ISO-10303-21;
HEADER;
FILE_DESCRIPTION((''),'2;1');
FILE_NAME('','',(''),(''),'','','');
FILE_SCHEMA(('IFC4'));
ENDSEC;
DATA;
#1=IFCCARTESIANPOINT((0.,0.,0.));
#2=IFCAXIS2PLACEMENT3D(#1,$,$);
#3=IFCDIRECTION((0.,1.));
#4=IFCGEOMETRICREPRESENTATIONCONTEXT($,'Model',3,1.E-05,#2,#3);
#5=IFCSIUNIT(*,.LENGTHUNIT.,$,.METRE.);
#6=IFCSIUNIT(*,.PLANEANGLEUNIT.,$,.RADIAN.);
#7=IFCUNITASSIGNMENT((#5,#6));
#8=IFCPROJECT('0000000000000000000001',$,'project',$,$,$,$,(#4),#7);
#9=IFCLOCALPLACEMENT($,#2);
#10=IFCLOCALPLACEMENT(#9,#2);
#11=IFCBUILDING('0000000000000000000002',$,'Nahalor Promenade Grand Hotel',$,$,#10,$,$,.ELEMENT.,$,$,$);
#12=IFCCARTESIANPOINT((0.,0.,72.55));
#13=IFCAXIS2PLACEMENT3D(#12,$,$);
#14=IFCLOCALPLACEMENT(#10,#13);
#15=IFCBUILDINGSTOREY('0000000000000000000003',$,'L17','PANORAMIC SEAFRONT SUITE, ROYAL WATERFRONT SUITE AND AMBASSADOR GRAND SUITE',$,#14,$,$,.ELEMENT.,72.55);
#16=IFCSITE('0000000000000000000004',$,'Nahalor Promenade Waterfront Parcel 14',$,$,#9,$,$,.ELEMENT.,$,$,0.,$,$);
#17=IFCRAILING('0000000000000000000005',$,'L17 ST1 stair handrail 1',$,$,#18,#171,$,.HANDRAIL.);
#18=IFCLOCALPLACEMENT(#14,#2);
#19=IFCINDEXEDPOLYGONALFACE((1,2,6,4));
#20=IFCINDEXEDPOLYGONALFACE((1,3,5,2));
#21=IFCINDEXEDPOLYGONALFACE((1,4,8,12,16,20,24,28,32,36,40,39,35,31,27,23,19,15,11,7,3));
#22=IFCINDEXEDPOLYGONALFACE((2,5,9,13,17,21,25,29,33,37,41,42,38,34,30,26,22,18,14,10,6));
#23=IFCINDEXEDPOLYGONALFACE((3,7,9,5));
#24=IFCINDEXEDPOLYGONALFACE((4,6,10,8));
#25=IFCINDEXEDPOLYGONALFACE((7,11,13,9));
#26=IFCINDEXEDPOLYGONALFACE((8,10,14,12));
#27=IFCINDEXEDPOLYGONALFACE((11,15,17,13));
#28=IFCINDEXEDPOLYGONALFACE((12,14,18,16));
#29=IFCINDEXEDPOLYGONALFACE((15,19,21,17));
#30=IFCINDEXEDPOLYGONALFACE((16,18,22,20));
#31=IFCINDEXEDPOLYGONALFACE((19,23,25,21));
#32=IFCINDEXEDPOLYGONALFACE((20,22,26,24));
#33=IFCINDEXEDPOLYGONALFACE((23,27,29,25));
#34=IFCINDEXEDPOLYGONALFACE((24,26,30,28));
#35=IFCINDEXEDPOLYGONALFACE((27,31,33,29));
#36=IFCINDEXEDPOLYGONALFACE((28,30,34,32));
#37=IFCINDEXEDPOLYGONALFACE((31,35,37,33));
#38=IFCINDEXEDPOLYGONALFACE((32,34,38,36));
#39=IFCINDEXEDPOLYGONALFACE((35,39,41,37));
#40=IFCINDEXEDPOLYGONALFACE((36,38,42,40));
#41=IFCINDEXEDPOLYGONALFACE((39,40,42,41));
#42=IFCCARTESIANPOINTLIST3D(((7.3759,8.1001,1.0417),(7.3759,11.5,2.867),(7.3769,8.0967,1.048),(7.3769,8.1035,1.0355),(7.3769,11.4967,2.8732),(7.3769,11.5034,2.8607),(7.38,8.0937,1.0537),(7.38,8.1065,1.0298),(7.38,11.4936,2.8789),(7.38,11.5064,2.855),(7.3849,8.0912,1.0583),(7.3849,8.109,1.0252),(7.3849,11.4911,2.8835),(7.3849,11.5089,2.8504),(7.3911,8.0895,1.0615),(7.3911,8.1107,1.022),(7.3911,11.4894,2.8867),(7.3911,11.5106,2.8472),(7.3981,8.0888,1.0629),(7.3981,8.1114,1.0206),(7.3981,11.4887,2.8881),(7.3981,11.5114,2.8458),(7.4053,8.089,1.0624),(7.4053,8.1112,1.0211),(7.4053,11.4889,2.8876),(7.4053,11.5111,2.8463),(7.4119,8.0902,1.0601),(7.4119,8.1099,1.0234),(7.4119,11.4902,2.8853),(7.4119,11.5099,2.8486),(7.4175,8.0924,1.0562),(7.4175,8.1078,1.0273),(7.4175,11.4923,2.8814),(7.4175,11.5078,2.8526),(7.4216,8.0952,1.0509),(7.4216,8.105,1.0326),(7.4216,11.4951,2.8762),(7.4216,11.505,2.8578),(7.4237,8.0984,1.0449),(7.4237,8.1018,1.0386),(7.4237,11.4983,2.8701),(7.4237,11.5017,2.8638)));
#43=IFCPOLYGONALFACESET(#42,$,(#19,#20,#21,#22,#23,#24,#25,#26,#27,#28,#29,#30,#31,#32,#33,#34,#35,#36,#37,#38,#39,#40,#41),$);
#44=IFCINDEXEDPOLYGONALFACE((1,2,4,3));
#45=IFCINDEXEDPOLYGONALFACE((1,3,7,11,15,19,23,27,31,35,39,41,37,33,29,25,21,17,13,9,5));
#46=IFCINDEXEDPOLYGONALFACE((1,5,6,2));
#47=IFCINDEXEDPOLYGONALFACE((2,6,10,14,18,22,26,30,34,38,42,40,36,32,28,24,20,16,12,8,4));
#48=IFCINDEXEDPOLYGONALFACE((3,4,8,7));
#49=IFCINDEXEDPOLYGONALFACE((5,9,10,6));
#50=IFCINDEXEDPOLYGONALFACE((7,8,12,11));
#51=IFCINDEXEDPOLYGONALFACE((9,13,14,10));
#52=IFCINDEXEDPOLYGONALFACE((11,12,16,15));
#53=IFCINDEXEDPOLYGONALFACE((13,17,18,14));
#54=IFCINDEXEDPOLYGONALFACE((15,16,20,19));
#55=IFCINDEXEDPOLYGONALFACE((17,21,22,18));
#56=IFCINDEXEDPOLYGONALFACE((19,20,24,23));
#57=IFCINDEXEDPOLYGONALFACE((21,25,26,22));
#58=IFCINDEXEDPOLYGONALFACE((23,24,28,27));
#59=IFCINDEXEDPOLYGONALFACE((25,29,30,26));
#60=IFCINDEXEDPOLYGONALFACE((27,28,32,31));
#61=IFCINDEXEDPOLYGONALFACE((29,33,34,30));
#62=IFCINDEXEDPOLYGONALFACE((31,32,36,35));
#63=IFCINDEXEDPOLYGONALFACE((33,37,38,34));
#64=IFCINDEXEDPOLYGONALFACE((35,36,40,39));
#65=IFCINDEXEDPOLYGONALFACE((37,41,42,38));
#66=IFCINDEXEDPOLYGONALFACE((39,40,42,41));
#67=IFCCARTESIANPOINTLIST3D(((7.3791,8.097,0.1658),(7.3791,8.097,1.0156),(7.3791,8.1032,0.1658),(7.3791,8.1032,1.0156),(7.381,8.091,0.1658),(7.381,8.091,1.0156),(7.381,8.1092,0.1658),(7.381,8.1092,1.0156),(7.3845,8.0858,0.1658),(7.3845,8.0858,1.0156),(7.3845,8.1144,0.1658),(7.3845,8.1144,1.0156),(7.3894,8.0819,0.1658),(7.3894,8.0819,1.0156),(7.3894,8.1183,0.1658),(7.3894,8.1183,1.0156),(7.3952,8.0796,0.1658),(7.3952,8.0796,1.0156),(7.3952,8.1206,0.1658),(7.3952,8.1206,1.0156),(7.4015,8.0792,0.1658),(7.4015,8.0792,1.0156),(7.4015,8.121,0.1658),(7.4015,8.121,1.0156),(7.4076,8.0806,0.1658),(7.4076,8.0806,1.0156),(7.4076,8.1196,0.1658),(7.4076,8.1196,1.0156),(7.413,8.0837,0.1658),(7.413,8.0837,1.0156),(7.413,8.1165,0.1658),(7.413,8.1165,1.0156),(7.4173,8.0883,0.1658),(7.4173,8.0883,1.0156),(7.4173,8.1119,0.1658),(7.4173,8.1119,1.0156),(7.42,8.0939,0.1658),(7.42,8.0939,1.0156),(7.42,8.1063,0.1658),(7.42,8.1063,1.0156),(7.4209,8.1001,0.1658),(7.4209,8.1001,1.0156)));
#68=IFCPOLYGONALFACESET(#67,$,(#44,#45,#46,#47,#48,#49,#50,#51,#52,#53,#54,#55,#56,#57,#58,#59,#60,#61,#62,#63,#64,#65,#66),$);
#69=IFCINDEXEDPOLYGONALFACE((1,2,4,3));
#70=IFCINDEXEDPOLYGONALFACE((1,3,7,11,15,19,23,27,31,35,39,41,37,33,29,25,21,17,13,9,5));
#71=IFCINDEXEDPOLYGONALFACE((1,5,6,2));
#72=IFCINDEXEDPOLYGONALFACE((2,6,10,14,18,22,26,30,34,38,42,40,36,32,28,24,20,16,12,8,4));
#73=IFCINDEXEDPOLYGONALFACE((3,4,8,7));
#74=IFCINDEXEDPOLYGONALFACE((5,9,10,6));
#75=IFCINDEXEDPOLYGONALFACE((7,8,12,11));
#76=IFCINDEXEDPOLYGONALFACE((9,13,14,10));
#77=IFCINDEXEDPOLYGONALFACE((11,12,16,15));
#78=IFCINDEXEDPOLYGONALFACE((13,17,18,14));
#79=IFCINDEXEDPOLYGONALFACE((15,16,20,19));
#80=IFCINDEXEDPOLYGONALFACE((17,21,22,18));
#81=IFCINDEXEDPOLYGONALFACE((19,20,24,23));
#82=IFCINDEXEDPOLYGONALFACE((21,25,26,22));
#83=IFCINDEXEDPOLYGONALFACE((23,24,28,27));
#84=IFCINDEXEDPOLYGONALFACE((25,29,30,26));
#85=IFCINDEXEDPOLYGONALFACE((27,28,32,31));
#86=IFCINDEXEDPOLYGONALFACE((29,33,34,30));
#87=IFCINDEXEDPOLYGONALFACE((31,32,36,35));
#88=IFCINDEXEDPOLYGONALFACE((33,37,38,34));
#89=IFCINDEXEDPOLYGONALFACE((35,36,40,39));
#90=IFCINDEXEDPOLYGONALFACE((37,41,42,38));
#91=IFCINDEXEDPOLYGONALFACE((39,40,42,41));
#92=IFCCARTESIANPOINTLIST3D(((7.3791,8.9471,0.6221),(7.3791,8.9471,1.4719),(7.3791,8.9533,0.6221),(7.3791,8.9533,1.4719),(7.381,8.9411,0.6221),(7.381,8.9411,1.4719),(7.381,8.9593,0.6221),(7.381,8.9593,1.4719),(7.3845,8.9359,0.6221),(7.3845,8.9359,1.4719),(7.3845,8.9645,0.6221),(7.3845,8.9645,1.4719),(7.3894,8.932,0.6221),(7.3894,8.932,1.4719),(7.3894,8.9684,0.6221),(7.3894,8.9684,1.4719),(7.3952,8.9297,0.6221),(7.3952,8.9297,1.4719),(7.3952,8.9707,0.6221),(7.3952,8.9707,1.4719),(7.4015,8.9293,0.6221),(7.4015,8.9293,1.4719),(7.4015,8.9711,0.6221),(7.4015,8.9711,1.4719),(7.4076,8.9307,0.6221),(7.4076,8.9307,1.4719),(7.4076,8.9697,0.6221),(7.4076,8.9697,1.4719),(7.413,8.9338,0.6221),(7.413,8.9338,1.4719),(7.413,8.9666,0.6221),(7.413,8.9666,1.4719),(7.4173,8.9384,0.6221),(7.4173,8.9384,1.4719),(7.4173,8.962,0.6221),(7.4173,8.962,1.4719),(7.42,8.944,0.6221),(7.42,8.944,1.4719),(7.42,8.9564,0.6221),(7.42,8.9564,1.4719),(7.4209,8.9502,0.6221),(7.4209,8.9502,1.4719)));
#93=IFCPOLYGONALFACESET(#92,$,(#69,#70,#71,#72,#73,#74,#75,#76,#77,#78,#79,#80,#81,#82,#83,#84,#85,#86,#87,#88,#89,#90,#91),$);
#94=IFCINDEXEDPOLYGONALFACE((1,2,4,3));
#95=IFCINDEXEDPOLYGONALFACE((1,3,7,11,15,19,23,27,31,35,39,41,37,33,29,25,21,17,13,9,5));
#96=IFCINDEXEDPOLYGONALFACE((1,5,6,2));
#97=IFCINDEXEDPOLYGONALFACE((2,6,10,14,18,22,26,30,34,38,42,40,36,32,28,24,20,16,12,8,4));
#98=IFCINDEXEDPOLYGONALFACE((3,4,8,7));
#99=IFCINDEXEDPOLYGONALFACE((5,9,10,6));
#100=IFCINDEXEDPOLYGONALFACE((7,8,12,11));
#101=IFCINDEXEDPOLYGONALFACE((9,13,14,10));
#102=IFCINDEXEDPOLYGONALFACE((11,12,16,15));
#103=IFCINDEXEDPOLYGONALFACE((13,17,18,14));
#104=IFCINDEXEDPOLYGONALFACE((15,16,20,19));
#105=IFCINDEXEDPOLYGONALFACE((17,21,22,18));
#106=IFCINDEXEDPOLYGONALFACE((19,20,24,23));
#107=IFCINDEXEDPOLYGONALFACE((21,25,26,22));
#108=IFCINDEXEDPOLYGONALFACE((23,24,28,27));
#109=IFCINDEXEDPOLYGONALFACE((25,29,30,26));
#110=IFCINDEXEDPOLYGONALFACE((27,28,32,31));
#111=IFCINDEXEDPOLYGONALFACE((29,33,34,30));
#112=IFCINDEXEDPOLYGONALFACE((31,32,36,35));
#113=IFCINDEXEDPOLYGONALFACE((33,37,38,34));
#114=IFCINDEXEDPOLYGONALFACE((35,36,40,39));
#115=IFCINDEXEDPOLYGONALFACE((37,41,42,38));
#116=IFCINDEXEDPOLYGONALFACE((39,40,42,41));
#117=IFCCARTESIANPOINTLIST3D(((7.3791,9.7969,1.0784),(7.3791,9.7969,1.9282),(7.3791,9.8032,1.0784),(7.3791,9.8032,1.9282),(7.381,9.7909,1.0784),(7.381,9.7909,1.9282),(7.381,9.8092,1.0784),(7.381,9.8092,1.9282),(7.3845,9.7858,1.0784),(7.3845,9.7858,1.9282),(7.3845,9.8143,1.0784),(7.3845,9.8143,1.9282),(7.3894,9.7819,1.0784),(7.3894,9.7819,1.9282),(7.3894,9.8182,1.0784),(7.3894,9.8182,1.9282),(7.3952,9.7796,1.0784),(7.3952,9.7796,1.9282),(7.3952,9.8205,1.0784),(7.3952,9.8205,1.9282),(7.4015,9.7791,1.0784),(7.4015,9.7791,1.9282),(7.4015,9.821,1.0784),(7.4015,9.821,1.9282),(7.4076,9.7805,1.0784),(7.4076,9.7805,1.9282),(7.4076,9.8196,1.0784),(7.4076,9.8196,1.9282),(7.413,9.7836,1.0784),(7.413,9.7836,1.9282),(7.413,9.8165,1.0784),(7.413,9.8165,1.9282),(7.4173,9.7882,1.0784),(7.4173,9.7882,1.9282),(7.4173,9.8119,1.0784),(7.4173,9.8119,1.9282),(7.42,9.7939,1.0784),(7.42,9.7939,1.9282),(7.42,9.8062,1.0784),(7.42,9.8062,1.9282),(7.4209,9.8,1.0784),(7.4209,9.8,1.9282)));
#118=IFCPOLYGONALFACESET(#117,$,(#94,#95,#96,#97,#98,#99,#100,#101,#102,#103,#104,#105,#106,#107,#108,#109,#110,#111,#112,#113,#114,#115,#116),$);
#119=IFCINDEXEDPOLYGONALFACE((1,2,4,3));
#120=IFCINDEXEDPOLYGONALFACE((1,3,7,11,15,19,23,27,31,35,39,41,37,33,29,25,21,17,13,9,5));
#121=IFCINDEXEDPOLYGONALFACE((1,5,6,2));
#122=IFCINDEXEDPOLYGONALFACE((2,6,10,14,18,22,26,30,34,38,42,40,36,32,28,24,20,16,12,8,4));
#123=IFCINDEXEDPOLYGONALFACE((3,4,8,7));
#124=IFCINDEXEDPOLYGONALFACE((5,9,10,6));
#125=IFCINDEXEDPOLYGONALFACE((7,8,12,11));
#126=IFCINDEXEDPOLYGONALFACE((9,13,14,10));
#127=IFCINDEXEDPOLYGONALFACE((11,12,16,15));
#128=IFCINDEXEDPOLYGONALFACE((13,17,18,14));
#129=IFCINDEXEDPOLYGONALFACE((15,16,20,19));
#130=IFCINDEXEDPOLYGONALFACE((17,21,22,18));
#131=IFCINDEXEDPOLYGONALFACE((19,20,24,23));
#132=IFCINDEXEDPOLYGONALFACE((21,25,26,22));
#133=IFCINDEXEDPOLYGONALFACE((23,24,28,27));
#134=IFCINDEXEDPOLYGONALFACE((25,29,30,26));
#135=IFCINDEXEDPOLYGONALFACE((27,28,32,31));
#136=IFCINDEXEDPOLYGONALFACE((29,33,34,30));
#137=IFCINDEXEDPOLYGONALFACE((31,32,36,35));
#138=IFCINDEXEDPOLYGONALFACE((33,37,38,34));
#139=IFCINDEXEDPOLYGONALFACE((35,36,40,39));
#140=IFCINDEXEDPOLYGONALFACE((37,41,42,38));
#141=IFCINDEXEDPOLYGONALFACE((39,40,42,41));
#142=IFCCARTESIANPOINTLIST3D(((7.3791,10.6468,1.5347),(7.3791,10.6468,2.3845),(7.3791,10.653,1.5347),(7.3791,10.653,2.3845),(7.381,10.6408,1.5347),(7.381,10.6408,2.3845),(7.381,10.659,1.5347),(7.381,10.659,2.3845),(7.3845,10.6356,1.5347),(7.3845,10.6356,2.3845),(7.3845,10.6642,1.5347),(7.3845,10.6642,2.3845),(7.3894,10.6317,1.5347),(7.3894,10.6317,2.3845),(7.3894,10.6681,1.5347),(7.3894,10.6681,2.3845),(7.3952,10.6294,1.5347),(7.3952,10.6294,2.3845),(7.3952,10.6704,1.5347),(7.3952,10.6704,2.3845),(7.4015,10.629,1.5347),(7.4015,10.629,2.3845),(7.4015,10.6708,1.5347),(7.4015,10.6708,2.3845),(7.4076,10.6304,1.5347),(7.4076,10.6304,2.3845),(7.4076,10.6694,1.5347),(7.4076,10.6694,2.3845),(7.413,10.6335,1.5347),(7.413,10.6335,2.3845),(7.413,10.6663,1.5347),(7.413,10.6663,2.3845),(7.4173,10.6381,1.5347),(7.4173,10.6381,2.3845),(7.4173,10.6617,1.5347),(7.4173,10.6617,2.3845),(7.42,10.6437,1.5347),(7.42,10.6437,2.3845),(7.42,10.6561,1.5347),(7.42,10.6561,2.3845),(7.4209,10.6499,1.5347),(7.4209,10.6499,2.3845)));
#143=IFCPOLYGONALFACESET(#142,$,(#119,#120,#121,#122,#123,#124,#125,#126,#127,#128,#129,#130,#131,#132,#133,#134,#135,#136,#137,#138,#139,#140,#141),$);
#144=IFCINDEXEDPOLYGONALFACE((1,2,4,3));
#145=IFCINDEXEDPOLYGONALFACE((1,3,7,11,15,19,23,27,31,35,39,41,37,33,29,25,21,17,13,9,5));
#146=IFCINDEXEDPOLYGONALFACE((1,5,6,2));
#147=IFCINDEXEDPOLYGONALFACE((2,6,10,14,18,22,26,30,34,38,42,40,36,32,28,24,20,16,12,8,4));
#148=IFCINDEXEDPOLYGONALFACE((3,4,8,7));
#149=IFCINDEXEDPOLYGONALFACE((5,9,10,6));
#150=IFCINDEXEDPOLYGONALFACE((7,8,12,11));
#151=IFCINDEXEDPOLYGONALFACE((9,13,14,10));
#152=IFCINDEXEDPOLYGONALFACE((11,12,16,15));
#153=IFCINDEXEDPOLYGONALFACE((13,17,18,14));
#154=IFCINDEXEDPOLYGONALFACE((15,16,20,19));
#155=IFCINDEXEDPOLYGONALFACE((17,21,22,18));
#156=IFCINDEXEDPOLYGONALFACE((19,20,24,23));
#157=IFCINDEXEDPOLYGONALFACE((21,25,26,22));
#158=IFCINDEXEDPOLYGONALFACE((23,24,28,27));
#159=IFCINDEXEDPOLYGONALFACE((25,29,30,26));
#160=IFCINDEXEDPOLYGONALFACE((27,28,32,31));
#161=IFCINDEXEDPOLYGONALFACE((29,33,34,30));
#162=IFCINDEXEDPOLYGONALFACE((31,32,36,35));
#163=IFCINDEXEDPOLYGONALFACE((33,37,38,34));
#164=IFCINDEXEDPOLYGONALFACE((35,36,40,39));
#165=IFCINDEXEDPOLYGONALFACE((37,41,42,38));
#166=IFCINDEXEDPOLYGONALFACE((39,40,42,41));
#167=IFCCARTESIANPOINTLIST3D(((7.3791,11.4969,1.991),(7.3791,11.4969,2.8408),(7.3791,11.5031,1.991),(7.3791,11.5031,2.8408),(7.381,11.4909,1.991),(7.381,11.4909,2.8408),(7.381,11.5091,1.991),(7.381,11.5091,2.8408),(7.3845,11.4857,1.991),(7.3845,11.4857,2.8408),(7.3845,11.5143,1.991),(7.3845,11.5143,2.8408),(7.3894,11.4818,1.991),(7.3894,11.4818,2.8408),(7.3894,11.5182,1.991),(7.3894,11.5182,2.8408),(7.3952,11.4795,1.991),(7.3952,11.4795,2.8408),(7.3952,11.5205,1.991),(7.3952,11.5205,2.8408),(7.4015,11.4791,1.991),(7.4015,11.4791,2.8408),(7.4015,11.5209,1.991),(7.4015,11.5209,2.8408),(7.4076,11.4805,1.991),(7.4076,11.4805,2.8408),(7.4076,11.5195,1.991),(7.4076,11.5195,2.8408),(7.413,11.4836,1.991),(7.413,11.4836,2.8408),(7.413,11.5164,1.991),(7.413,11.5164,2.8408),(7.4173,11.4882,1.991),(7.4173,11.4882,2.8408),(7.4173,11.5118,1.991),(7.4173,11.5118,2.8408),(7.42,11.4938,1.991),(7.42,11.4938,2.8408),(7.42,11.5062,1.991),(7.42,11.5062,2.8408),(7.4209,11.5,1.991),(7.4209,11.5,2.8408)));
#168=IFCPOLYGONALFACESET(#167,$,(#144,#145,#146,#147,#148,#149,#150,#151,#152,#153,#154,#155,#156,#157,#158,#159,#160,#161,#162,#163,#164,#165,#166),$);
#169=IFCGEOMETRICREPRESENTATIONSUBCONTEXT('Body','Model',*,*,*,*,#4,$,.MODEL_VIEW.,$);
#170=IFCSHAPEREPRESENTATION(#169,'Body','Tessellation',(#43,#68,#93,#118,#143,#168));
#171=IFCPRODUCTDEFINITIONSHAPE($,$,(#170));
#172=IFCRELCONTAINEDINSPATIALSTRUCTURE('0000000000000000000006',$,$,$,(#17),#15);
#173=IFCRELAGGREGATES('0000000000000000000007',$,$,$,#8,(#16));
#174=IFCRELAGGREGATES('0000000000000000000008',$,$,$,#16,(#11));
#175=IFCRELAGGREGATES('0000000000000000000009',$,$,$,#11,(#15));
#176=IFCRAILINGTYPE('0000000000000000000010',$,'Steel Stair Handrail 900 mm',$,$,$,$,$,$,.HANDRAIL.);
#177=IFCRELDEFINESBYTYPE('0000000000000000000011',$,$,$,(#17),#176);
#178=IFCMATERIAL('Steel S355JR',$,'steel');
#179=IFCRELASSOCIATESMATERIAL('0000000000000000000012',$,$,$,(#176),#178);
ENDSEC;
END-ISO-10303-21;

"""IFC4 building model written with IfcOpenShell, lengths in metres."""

from ifc_helpers import new_model, si_unit, direction, frame, origin, origin_2d, place, context, subcontext, project, spatial, circle, extrude, material, type_object, element, save


model = new_model("IFC4")

# Units and contexts
model_context = context("Model", 3, precision=1e-05, world=origin(), true_north=direction((0.0, 1.0)))
body_context = subcontext(model_context, "Body", "Model", "MODEL_VIEW")
ifc_project = project(units=[si_unit("LENGTHUNIT", "METRE"), si_unit("PLANEANGLEUNIT", "RADIAN")], contexts=[model_context])

# Site, building, storey
site_placement = place(None, origin())
site = spatial("IfcSite", under=ifc_project, at=site_placement, Name="Nahalor Promenade Waterfront Parcel 14", CompositionType="ELEMENT", RefElevation=0.0)
building_placement = place(site_placement, origin())
building = spatial("IfcBuilding", under=site, at=building_placement, Name="Nahalor Promenade Grand Hotel", CompositionType="ELEMENT")
storey_placement = place(building_placement, frame((0.0, 0.0, 72.55)))
storey = spatial("IfcBuildingStorey", under=building, at=storey_placement, Name="L17", Description="PANORAMIC SEAFRONT SUITE, ROYAL WATERFRONT SUITE AND AMBASSADOR GRAND SUITE", CompositionType="ELEMENT", Elevation=72.55)

# Shared definitions
ifc_material_1 = material(Name="Steel S355JR", Category="steel")

# Railing
railing_type_1 = type_object("IfcRailingType", Name="Steel Stair Handrail 900 mm", PredefinedType="HANDRAIL", material=ifc_material_1)
railing_1_placement = place(storey_placement, frame((7.3999, 8.1001, 0.1658)))
element("IfcRailing", 1, at=railing_1_placement, inside=storey, type_object=railing_type_1, Name="L17 ST1 stair handrail 1", PredefinedType="HANDRAIL", context=body_context, shape_type="SweptSolid", body=[
    extrude(circle(Radius=0.024, at=origin_2d()), frame((0.0, 0.0, 0.876), z_axis=(0.0, 0.881068, 0.47299), x_axis=(-1.0, 0.0, 0.0)), (0.0, 0.0, 1.0), 3.8589),
    extrude(circle(Radius=0.021, at=origin_2d()), origin(), (0.0, 0.0, 1.0), 0.8499),
    extrude(circle(Radius=0.021, at=origin_2d()), frame((0.0, 0.8501, 0.4563)), (0.0, 0.0, 1.0), 0.8499),
    extrude(circle(Radius=0.021, at=origin_2d()), frame((0.0, 1.7, 0.9126)), (0.0, 0.0, 1.0), 0.8499),
    extrude(circle(Radius=0.021, at=origin_2d()), frame((0.0, 2.5498, 1.3689)), (0.0, 0.0, 1.0), 0.8499),
    extrude(circle(Radius=0.021, at=origin_2d()), frame((0.0, 3.3999, 1.8252)), (0.0, 0.0, 1.0), 0.8499),
])

save(model, "model.ifc")
